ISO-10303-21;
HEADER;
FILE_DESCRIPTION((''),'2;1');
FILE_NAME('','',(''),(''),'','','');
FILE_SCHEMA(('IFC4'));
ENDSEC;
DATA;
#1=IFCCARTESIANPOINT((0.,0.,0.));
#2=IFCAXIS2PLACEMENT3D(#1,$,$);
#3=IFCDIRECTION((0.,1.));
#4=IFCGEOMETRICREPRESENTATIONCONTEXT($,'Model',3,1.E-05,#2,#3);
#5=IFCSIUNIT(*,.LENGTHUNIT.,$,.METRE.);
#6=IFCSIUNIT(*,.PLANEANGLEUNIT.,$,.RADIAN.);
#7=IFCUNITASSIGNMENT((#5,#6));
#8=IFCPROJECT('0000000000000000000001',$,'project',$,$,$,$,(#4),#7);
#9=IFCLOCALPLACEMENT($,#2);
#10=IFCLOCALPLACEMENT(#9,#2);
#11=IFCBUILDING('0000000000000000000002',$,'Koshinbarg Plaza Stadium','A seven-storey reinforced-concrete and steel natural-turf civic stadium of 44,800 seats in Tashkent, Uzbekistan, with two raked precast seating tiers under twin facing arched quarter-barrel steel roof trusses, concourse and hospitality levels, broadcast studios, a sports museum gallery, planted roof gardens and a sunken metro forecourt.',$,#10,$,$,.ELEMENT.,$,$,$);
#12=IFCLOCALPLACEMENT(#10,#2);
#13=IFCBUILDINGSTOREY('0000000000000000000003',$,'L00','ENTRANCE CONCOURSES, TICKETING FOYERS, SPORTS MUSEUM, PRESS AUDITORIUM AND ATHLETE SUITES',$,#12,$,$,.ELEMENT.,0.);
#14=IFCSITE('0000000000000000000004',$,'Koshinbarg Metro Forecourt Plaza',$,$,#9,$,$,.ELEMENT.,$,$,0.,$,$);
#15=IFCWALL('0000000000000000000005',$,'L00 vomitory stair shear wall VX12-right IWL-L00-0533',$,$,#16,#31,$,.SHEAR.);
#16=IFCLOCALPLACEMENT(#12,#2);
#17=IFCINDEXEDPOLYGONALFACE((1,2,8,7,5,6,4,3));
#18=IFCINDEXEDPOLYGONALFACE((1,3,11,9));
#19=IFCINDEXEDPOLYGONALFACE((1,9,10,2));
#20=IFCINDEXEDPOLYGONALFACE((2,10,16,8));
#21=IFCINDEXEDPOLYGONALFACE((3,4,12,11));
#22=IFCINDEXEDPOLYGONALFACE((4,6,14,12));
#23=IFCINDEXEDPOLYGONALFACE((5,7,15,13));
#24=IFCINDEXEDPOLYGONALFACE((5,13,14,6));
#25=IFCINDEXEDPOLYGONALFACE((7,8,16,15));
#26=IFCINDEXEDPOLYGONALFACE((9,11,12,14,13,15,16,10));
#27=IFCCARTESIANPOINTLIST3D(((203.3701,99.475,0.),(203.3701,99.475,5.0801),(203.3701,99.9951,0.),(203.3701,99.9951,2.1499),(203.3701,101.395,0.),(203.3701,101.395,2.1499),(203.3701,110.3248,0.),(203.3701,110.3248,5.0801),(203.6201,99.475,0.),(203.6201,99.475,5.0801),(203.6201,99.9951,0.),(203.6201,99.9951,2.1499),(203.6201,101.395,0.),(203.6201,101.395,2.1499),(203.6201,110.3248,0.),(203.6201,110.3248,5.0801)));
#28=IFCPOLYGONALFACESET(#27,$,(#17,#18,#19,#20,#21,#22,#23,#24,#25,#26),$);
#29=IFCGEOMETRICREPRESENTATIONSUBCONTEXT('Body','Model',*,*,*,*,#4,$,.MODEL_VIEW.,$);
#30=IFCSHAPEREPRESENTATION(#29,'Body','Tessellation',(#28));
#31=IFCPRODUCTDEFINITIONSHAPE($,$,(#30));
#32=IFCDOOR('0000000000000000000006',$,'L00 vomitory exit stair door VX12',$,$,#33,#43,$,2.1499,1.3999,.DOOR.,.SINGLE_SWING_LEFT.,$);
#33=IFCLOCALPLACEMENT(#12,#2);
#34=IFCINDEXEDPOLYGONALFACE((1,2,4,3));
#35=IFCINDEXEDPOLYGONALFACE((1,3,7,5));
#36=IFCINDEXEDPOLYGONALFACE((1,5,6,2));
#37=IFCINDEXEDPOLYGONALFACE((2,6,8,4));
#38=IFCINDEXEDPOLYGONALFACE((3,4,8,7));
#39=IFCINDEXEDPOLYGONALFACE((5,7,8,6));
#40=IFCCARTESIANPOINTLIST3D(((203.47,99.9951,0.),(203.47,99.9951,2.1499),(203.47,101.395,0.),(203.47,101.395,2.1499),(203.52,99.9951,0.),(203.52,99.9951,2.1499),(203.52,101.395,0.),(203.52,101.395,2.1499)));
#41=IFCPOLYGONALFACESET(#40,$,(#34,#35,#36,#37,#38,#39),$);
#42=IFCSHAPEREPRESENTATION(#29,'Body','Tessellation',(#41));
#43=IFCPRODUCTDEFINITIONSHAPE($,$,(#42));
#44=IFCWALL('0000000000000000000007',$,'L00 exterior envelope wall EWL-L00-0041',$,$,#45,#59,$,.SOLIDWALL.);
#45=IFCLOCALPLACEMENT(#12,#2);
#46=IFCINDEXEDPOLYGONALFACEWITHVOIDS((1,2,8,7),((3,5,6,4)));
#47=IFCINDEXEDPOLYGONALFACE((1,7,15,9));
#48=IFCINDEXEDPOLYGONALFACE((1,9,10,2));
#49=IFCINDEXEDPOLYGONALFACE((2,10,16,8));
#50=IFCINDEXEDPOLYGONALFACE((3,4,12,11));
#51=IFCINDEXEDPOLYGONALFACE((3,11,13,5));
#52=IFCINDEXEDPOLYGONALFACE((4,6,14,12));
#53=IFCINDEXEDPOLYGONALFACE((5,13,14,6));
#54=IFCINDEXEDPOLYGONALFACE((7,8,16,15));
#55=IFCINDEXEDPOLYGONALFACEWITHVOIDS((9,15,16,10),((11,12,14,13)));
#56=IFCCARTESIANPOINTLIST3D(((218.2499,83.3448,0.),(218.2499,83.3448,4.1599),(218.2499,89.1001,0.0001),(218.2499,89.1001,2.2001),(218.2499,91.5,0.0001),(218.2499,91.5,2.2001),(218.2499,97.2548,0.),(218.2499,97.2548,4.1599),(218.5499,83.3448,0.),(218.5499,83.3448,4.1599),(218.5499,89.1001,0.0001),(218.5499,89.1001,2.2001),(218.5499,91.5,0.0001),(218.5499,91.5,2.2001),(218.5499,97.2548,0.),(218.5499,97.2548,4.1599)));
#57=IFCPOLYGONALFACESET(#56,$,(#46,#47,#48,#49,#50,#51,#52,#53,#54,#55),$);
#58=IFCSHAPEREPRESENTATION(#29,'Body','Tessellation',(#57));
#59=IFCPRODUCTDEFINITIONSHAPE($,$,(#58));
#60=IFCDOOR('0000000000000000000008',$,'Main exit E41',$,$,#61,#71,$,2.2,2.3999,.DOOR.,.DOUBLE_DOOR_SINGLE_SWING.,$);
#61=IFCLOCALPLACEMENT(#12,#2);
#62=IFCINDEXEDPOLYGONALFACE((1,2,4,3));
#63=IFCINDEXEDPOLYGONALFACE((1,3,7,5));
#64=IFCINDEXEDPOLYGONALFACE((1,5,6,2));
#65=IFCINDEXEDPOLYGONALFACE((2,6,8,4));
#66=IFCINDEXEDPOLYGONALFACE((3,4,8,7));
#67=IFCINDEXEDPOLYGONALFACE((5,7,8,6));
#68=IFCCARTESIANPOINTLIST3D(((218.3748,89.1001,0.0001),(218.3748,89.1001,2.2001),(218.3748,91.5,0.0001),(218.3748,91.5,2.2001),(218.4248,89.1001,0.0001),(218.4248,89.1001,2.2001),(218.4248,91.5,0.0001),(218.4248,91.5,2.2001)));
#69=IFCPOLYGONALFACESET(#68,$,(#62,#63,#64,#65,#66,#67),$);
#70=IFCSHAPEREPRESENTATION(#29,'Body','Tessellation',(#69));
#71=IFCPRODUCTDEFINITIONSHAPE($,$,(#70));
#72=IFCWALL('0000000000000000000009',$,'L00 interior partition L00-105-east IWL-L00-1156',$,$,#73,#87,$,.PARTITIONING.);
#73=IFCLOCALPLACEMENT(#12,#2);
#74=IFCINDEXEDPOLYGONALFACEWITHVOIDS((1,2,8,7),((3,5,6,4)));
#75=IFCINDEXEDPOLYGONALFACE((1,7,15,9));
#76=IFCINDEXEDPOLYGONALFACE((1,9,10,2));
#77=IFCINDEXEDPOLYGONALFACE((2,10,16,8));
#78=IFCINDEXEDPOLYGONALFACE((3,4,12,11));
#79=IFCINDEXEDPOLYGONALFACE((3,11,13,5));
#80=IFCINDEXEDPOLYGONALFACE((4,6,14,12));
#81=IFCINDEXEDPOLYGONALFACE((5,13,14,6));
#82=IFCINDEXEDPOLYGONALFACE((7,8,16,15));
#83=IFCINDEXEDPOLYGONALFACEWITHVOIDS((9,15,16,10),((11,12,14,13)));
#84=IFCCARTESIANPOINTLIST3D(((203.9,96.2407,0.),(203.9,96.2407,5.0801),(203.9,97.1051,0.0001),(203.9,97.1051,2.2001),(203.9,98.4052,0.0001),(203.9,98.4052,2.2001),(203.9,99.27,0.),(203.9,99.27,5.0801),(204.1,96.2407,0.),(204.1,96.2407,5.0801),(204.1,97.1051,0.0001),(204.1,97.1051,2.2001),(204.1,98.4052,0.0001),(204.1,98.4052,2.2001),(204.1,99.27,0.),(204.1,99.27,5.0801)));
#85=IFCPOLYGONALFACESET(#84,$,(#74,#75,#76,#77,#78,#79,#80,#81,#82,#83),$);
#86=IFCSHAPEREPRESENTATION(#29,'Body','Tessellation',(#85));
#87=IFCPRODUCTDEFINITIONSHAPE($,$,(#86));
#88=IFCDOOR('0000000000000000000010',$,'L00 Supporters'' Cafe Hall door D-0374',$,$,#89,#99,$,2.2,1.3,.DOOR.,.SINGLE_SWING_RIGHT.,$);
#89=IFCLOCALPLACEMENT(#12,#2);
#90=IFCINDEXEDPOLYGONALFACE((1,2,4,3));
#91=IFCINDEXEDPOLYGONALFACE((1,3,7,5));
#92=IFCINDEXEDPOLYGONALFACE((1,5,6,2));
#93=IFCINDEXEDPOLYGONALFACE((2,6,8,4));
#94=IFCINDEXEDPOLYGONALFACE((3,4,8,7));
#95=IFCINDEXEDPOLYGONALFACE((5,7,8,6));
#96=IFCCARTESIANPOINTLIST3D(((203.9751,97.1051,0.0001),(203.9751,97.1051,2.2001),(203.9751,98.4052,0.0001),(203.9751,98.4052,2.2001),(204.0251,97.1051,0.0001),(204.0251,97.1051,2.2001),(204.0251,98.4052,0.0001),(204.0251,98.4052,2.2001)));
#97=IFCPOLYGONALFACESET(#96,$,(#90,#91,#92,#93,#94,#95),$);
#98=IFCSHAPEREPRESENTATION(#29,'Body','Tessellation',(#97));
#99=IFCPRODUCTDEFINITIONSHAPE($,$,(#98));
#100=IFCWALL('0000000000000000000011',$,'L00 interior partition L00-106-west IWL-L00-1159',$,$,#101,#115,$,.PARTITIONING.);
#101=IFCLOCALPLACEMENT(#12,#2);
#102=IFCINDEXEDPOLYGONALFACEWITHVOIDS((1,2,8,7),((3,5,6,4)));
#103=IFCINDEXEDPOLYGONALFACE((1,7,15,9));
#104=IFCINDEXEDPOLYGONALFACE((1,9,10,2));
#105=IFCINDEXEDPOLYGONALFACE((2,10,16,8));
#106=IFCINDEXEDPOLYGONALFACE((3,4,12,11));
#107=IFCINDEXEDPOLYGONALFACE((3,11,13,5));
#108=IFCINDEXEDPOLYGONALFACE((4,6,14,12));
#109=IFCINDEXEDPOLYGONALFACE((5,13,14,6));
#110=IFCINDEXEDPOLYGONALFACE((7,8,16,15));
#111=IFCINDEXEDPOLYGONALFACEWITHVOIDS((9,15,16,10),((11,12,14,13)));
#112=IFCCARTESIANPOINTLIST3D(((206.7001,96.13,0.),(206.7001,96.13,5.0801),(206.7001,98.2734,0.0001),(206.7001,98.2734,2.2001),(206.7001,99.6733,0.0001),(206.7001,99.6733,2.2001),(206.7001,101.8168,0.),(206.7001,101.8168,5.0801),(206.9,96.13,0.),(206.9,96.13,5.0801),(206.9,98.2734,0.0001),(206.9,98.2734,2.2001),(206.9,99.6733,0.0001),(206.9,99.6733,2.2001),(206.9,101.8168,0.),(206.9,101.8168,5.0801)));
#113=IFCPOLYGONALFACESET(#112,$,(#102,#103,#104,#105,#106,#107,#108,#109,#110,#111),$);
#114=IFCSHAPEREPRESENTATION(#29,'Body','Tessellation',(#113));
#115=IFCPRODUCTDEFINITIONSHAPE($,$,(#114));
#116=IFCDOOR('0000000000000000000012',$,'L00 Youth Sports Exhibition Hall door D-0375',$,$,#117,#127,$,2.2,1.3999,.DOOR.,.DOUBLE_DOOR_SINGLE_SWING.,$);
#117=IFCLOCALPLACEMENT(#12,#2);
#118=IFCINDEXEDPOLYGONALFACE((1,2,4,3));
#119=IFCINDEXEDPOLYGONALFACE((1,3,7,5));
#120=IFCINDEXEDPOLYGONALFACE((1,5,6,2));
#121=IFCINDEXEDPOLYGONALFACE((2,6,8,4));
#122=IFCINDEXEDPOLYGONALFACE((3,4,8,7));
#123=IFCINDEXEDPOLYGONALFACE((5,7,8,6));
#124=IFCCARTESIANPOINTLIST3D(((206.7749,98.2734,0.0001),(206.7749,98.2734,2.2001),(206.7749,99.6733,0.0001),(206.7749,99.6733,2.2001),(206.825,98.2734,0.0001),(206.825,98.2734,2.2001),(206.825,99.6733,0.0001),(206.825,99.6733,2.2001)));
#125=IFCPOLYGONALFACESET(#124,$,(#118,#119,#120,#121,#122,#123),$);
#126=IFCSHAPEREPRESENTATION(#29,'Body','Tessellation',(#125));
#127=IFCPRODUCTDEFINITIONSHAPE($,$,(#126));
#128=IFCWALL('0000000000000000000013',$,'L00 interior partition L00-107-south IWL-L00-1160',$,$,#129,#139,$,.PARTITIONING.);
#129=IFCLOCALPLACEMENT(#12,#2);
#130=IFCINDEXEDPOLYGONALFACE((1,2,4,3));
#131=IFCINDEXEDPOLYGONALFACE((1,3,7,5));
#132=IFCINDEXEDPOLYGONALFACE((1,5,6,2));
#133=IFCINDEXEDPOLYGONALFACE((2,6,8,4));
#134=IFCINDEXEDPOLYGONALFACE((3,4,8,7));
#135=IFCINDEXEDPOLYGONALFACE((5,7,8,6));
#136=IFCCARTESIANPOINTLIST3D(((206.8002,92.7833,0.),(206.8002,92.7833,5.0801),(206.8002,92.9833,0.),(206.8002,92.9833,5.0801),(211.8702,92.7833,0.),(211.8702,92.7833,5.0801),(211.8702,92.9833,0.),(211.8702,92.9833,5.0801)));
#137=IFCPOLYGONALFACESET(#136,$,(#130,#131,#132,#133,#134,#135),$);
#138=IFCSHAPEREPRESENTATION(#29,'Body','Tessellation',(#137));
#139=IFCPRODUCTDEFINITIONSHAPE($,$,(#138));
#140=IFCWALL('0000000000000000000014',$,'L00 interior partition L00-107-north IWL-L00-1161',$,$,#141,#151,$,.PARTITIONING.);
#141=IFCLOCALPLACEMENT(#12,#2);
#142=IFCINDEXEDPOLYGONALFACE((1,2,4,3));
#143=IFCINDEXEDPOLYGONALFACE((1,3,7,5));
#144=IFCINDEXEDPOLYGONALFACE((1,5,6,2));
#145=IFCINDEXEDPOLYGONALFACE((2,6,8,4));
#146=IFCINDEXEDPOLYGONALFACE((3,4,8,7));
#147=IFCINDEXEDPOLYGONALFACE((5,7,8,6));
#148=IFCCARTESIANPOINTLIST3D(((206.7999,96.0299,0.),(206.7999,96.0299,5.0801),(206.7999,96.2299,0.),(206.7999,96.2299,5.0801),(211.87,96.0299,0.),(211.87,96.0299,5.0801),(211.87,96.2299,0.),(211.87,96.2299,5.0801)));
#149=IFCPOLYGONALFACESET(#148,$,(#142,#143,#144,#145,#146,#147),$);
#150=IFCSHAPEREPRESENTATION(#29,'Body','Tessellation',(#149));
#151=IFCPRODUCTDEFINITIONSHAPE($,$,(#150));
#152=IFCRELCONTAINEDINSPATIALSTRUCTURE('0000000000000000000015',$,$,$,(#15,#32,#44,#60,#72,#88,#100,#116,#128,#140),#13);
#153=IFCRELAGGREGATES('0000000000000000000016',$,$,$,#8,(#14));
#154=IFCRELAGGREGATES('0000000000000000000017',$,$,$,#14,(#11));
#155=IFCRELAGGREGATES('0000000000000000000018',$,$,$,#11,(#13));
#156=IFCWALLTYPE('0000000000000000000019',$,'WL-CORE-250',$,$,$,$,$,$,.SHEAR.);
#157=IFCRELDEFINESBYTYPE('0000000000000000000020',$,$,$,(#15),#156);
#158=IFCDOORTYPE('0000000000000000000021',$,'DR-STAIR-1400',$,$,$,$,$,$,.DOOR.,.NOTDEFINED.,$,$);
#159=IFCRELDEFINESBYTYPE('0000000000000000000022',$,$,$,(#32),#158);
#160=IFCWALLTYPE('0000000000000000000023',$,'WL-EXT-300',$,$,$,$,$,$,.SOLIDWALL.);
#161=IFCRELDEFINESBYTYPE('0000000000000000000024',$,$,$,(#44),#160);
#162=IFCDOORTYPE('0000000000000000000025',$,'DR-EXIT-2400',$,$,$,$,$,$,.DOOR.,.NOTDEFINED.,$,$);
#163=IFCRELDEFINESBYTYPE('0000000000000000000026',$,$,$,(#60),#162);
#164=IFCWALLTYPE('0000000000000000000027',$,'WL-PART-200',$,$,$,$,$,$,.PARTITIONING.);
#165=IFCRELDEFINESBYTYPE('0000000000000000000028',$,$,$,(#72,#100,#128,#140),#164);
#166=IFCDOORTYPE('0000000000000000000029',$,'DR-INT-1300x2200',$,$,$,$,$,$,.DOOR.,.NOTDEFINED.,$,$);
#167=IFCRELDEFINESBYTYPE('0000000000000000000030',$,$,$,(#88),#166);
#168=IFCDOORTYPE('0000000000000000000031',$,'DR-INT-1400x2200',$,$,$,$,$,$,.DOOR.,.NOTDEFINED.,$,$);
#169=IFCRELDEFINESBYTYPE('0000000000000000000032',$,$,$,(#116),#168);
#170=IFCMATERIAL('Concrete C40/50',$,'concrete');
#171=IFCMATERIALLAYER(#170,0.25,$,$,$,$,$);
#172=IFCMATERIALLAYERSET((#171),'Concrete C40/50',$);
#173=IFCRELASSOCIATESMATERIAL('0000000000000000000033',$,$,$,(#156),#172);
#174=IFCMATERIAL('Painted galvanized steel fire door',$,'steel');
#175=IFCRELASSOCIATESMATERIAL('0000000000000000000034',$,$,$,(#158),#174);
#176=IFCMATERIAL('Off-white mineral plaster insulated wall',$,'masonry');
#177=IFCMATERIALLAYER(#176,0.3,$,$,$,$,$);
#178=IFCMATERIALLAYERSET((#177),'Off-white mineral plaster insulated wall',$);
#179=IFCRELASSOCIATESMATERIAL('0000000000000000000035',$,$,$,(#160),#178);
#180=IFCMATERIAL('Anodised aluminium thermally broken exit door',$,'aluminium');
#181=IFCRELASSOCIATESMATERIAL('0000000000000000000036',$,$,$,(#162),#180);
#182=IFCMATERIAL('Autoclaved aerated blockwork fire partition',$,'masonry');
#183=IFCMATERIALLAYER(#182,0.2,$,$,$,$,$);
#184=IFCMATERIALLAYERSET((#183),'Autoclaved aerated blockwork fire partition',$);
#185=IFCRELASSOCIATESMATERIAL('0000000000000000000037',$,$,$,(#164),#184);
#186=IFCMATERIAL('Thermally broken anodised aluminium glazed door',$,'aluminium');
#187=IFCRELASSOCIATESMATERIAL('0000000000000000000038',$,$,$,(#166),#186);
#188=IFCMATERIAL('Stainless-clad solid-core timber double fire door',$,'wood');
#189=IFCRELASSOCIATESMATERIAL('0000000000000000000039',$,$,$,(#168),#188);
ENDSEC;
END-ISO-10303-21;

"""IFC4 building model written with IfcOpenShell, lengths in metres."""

from ifc_helpers import new_model, si_unit, direction, frame, frame_2d, origin, place, context, subcontext, project, spatial, rectangle, extrude, material, layer, layer_set, type_object, element, fill, save


model = new_model("IFC4")

# Units and contexts
model_context = context("Model", 3, precision=1e-05, world=origin(), true_north=direction((0.0, 1.0)))
body_context = subcontext(model_context, "Body", "Model", "MODEL_VIEW")
ifc_project = project(units=[si_unit("LENGTHUNIT", "METRE"), si_unit("PLANEANGLEUNIT", "RADIAN")], contexts=[model_context])

# Site, building, storey
site_placement = place(None, origin())
site = spatial("IfcSite", under=ifc_project, at=site_placement, Name="Koshinbarg Metro Forecourt Plaza", CompositionType="ELEMENT", RefElevation=0.0)
building_placement = place(site_placement, origin())
building = spatial("IfcBuilding", under=site, at=building_placement, Name="Koshinbarg Plaza Stadium", Description="A seven-storey reinforced-concrete and steel natural-turf civic stadium of 44,800 seats in Tashkent, Uzbekistan, with two raked precast seating tiers under twin facing arched quarter-barrel steel roof trusses, concourse and hospitality levels, broadcast studios, a sports museum gallery, planted roof gardens and a sunken metro forecourt.", CompositionType="ELEMENT")
storey_placement = place(building_placement, origin())
storey = spatial("IfcBuildingStorey", under=building, at=storey_placement, Name="L00", Description="ENTRANCE CONCOURSES, TICKETING FOYERS, SPORTS MUSEUM, PRESS AUDITORIUM AND ATHLETE SUITES", CompositionType="ELEMENT", Elevation=0.0)

# Shared definitions
ifc_material_1 = material(Name="Concrete C40/50", Category="concrete")

# Shared definitions
ifc_layer_1 = layer(ifc_material_1, 0.25)
ifc_layer_set_1 = layer_set([ifc_layer_1], Name="Concrete C40/50")
wall_type_1 = type_object("IfcWallType", Name="WL-CORE-250", PredefinedType="SHEAR", material=ifc_layer_set_1)

# Walls, openings, doors
wall_1_placement = place(storey_placement, frame((203.4951, 99.4751, 0.0), z_axis=(0.0, 0.0, 1.0), x_axis=(0.0, 1.0, 0.0)))
wall_1 = element("IfcWall", 1, at=wall_1_placement, inside=storey, type_object=wall_type_1, Name="L00 vomitory stair shear wall VX12-right IWL-L00-0533", PredefinedType="SHEAR", context=body_context, shape_type="SweptSolid", body=[
    extrude(rectangle(XDim=10.8499, YDim=0.25, at=frame_2d((5.4248, 0.0))), origin(), (0.0, 0.0, 1.0), 5.0801),
])
opening_1_placement = place(wall_1_placement, frame((0.52, 0.0, 0.0)))
opening_1 = element("IfcOpeningElement", 2, at=opening_1_placement, cuts=wall_1, PredefinedType="OPENING", context=body_context, shape_type="SweptSolid", body=[
    extrude(rectangle(XDim=1.3999, YDim=2.1499, at=frame_2d((0.7, 1.075))), frame((0.0, 0.135, 0.0), z_axis=(0.0, -1.0, 0.0), x_axis=(1.0, 0.0, 0.0)), (0.0, 0.0, 1.0), 0.27),
])
ifc_material_2 = material(Name="Painted galvanized steel fire door", Category="steel")
door_type_1 = type_object("IfcDoorType", Name="DR-STAIR-1400", OperationType="NOTDEFINED", PredefinedType="DOOR", material=ifc_material_2)
door_1_placement = place(opening_1_placement, frame((1.3999, 0.0, 0.0), z_axis=(0.0, 0.0, 1.0), x_axis=(-1.0, 0.0, 0.0)))
door_1 = element("IfcDoor", 3, at=door_1_placement, inside=storey, type_object=door_type_1, Name="L00 vomitory exit stair door VX12", OperationType="SINGLE_SWING_LEFT", OverallHeight=2.1499, OverallWidth=1.3999, PredefinedType="DOOR", context=body_context, shape_type="SweptSolid", body=[
    extrude(rectangle(XDim=1.3999, YDim=2.1499, at=frame_2d((0.7, 1.075))), frame((0.0, 0.0249, 0.0), z_axis=(0.0, -1.0, 0.0), x_axis=(1.0, 0.0, 0.0)), (0.0, 0.0, 1.0), 0.05),
])
fill(opening_1, door_1)
ifc_material_3 = material(Name="Off-white mineral plaster insulated wall", Category="masonry")
ifc_layer_2 = layer(ifc_material_3, 0.3)
ifc_layer_set_2 = layer_set([ifc_layer_2], Name="Off-white mineral plaster insulated wall")
wall_type_2 = type_object("IfcWallType", Name="WL-EXT-300", PredefinedType="SOLIDWALL", material=ifc_layer_set_2)
wall_2_placement = place(storey_placement, frame((218.3999, 97.2549, 0.0), z_axis=(0.0, 0.0, 1.0), x_axis=(0.0, -1.0, 0.0)))
wall_2 = element("IfcWall", 4, at=wall_2_placement, inside=storey, type_object=wall_type_2, Name="L00 exterior envelope wall EWL-L00-0041", PredefinedType="SOLIDWALL", context=body_context, shape_type="SweptSolid", body=[
    extrude(rectangle(XDim=13.9099, YDim=0.3, at=frame_2d((6.9551, 0.0))), origin(), (0.0, 0.0, 1.0), 4.1599),
])
opening_2_placement = place(wall_2_placement, frame((5.7549, 0.0, 0.0)))
opening_2 = element("IfcOpeningElement", 5, at=opening_2_placement, cuts=wall_2, PredefinedType="OPENING", context=body_context, shape_type="SweptSolid", body=[
    extrude(rectangle(XDim=2.3999, YDim=2.2, at=frame_2d((1.2, 1.1001))), frame((0.0, 0.1599, 0.0), z_axis=(0.0, -1.0, 0.0), x_axis=(1.0, 0.0, 0.0)), (0.0, 0.0, 1.0), 0.3201),
])
ifc_material_4 = material(Name="Anodised aluminium thermally broken exit door", Category="aluminium")
door_type_2 = type_object("IfcDoorType", Name="DR-EXIT-2400", OperationType="NOTDEFINED", PredefinedType="DOOR", material=ifc_material_4)
door_2_placement = place(opening_2_placement, origin())
door_2 = element("IfcDoor", 6, at=door_2_placement, inside=storey, type_object=door_type_2, Name="Main exit E41", OperationType="DOUBLE_DOOR_SINGLE_SWING", OverallHeight=2.2, OverallWidth=2.3999, PredefinedType="DOOR", context=body_context, shape_type="SweptSolid", body=[
    extrude(rectangle(XDim=2.3999, YDim=2.2, at=frame_2d((1.2, 1.1001))), frame((0.0, 0.0249, 0.0), z_axis=(0.0, -1.0, 0.0), x_axis=(1.0, 0.0, 0.0)), (0.0, 0.0, 1.0), 0.05),
])
fill(opening_2, door_2)
ifc_material_5 = material(Name="Autoclaved aerated blockwork fire partition", Category="masonry")
ifc_layer_3 = layer(ifc_material_5, 0.2)
ifc_layer_set_3 = layer_set([ifc_layer_3], Name="Autoclaved aerated blockwork fire partition")
wall_type_3 = type_object("IfcWallType", Name="WL-PART-200", PredefinedType="PARTITIONING", material=ifc_layer_set_3)
wall_3_placement = place(storey_placement, frame((204.0, 96.2407, 0.0), z_axis=(0.0, 0.0, 1.0), x_axis=(0.0, 1.0, 0.0)))
wall_3 = element("IfcWall", 7, at=wall_3_placement, inside=storey, type_object=wall_type_3, Name="L00 interior partition L00-105-east IWL-L00-1156", PredefinedType="PARTITIONING", context=body_context, shape_type="SweptSolid", body=[
    extrude(rectangle(XDim=3.0293, YDim=0.2, at=frame_2d((1.5146, 0.0))), origin(), (0.0, 0.0, 1.0), 5.0801),
])
opening_3_placement = place(wall_3_placement, frame((0.8645, 0.0, 0.0)))
opening_3 = element("IfcOpeningElement", 8, at=opening_3_placement, cuts=wall_3, PredefinedType="OPENING", context=body_context, shape_type="SweptSolid", body=[
    extrude(rectangle(XDim=1.3, YDim=2.2, at=frame_2d((0.6499, 1.1001))), frame((0.0, 0.1099, 0.0), z_axis=(0.0, -1.0, 0.0), x_axis=(1.0, 0.0, 0.0)), (0.0, 0.0, 1.0), 0.22),
])
ifc_material_6 = material(Name="Thermally broken anodised aluminium glazed door", Category="aluminium")
door_type_3 = type_object("IfcDoorType", Name="DR-INT-1300x2200", OperationType="NOTDEFINED", PredefinedType="DOOR", material=ifc_material_6)
door_3_placement = place(opening_3_placement, origin())
door_3 = element("IfcDoor", 9, at=door_3_placement, inside=storey, type_object=door_type_3, Name="L00 Supporters' Cafe Hall door D-0374", OperationType="SINGLE_SWING_RIGHT", OverallHeight=2.2, OverallWidth=1.3, PredefinedType="DOOR", context=body_context, shape_type="SweptSolid", body=[
    extrude(rectangle(XDim=1.3, YDim=2.2, at=frame_2d((0.6499, 1.1001))), frame((0.0, 0.0249, 0.0), z_axis=(0.0, -1.0, 0.0), x_axis=(1.0, 0.0, 0.0)), (0.0, 0.0, 1.0), 0.05),
])
fill(opening_3, door_3)
wall_4_placement = place(storey_placement, frame((206.8, 101.8167, 0.0), z_axis=(0.0, 0.0, 1.0), x_axis=(0.0, -1.0, 0.0)))
wall_4 = element("IfcWall", 10, at=wall_4_placement, inside=storey, type_object=wall_type_3, Name="L00 interior partition L00-106-west IWL-L00-1159", PredefinedType="PARTITIONING", context=body_context, shape_type="SweptSolid", body=[
    extrude(rectangle(XDim=5.6868, YDim=0.2, at=frame_2d((2.8433, 0.0))), origin(), (0.0, 0.0, 1.0), 5.0801),
])
opening_4_placement = place(wall_4_placement, frame((2.1433, 0.0, 0.0)))
opening_4 = element("IfcOpeningElement", 11, at=opening_4_placement, cuts=wall_4, PredefinedType="OPENING", context=body_context, shape_type="SweptSolid", body=[
    extrude(rectangle(XDim=1.3999, YDim=2.2, at=frame_2d((0.7, 1.1001))), frame((0.0, 0.1099, 0.0), z_axis=(0.0, -1.0, 0.0), x_axis=(1.0, 0.0, 0.0)), (0.0, 0.0, 1.0), 0.22),
])
ifc_material_7 = material(Name="Stainless-clad solid-core timber double fire door", Category="wood")
door_type_4 = type_object("IfcDoorType", Name="DR-INT-1400x2200", OperationType="NOTDEFINED", PredefinedType="DOOR", material=ifc_material_7)
door_4_placement = place(opening_4_placement, origin())
door_4 = element("IfcDoor", 12, at=door_4_placement, inside=storey, type_object=door_type_4, Name="L00 Youth Sports Exhibition Hall door D-0375", OperationType="DOUBLE_DOOR_SINGLE_SWING", OverallHeight=2.2, OverallWidth=1.3999, PredefinedType="DOOR", context=body_context, shape_type="SweptSolid", body=[
    extrude(rectangle(XDim=1.3999, YDim=2.2, at=frame_2d((0.7, 1.1001))), frame((0.0, 0.0249, 0.0), z_axis=(0.0, -1.0, 0.0), x_axis=(1.0, 0.0, 0.0)), (0.0, 0.0, 1.0), 0.05),
])
fill(opening_4, door_4)

# Walls
for number, where, z_axis, x_axis, name in (
    (13, (206.8, 92.8833, 0.0), (0.0, 0.0, 1.0), (1.0, 0.0, 0.0), "L00 interior partition L00-107-south IWL-L00-1160"),
    (14, (211.8701, 96.1299, 0.0), (0.0, 0.0, 1.0), (-1.0, 0.0, 0.0), "L00 interior partition L00-107-north IWL-L00-1161"),
):
    element("IfcWall", number, at=place(storey_placement, frame(where, z_axis=z_axis, x_axis=x_axis)), inside=storey, type_object=wall_type_3, Name=name, PredefinedType="PARTITIONING", context=body_context, shape_type="SweptSolid", body=[
        extrude(rectangle(XDim=5.0701, YDim=0.2, at=frame_2d((2.5352, 0.0))), origin(), (0.0, 0.0, 1.0), 5.0801),
    ])

save(model, "model.ifc")
